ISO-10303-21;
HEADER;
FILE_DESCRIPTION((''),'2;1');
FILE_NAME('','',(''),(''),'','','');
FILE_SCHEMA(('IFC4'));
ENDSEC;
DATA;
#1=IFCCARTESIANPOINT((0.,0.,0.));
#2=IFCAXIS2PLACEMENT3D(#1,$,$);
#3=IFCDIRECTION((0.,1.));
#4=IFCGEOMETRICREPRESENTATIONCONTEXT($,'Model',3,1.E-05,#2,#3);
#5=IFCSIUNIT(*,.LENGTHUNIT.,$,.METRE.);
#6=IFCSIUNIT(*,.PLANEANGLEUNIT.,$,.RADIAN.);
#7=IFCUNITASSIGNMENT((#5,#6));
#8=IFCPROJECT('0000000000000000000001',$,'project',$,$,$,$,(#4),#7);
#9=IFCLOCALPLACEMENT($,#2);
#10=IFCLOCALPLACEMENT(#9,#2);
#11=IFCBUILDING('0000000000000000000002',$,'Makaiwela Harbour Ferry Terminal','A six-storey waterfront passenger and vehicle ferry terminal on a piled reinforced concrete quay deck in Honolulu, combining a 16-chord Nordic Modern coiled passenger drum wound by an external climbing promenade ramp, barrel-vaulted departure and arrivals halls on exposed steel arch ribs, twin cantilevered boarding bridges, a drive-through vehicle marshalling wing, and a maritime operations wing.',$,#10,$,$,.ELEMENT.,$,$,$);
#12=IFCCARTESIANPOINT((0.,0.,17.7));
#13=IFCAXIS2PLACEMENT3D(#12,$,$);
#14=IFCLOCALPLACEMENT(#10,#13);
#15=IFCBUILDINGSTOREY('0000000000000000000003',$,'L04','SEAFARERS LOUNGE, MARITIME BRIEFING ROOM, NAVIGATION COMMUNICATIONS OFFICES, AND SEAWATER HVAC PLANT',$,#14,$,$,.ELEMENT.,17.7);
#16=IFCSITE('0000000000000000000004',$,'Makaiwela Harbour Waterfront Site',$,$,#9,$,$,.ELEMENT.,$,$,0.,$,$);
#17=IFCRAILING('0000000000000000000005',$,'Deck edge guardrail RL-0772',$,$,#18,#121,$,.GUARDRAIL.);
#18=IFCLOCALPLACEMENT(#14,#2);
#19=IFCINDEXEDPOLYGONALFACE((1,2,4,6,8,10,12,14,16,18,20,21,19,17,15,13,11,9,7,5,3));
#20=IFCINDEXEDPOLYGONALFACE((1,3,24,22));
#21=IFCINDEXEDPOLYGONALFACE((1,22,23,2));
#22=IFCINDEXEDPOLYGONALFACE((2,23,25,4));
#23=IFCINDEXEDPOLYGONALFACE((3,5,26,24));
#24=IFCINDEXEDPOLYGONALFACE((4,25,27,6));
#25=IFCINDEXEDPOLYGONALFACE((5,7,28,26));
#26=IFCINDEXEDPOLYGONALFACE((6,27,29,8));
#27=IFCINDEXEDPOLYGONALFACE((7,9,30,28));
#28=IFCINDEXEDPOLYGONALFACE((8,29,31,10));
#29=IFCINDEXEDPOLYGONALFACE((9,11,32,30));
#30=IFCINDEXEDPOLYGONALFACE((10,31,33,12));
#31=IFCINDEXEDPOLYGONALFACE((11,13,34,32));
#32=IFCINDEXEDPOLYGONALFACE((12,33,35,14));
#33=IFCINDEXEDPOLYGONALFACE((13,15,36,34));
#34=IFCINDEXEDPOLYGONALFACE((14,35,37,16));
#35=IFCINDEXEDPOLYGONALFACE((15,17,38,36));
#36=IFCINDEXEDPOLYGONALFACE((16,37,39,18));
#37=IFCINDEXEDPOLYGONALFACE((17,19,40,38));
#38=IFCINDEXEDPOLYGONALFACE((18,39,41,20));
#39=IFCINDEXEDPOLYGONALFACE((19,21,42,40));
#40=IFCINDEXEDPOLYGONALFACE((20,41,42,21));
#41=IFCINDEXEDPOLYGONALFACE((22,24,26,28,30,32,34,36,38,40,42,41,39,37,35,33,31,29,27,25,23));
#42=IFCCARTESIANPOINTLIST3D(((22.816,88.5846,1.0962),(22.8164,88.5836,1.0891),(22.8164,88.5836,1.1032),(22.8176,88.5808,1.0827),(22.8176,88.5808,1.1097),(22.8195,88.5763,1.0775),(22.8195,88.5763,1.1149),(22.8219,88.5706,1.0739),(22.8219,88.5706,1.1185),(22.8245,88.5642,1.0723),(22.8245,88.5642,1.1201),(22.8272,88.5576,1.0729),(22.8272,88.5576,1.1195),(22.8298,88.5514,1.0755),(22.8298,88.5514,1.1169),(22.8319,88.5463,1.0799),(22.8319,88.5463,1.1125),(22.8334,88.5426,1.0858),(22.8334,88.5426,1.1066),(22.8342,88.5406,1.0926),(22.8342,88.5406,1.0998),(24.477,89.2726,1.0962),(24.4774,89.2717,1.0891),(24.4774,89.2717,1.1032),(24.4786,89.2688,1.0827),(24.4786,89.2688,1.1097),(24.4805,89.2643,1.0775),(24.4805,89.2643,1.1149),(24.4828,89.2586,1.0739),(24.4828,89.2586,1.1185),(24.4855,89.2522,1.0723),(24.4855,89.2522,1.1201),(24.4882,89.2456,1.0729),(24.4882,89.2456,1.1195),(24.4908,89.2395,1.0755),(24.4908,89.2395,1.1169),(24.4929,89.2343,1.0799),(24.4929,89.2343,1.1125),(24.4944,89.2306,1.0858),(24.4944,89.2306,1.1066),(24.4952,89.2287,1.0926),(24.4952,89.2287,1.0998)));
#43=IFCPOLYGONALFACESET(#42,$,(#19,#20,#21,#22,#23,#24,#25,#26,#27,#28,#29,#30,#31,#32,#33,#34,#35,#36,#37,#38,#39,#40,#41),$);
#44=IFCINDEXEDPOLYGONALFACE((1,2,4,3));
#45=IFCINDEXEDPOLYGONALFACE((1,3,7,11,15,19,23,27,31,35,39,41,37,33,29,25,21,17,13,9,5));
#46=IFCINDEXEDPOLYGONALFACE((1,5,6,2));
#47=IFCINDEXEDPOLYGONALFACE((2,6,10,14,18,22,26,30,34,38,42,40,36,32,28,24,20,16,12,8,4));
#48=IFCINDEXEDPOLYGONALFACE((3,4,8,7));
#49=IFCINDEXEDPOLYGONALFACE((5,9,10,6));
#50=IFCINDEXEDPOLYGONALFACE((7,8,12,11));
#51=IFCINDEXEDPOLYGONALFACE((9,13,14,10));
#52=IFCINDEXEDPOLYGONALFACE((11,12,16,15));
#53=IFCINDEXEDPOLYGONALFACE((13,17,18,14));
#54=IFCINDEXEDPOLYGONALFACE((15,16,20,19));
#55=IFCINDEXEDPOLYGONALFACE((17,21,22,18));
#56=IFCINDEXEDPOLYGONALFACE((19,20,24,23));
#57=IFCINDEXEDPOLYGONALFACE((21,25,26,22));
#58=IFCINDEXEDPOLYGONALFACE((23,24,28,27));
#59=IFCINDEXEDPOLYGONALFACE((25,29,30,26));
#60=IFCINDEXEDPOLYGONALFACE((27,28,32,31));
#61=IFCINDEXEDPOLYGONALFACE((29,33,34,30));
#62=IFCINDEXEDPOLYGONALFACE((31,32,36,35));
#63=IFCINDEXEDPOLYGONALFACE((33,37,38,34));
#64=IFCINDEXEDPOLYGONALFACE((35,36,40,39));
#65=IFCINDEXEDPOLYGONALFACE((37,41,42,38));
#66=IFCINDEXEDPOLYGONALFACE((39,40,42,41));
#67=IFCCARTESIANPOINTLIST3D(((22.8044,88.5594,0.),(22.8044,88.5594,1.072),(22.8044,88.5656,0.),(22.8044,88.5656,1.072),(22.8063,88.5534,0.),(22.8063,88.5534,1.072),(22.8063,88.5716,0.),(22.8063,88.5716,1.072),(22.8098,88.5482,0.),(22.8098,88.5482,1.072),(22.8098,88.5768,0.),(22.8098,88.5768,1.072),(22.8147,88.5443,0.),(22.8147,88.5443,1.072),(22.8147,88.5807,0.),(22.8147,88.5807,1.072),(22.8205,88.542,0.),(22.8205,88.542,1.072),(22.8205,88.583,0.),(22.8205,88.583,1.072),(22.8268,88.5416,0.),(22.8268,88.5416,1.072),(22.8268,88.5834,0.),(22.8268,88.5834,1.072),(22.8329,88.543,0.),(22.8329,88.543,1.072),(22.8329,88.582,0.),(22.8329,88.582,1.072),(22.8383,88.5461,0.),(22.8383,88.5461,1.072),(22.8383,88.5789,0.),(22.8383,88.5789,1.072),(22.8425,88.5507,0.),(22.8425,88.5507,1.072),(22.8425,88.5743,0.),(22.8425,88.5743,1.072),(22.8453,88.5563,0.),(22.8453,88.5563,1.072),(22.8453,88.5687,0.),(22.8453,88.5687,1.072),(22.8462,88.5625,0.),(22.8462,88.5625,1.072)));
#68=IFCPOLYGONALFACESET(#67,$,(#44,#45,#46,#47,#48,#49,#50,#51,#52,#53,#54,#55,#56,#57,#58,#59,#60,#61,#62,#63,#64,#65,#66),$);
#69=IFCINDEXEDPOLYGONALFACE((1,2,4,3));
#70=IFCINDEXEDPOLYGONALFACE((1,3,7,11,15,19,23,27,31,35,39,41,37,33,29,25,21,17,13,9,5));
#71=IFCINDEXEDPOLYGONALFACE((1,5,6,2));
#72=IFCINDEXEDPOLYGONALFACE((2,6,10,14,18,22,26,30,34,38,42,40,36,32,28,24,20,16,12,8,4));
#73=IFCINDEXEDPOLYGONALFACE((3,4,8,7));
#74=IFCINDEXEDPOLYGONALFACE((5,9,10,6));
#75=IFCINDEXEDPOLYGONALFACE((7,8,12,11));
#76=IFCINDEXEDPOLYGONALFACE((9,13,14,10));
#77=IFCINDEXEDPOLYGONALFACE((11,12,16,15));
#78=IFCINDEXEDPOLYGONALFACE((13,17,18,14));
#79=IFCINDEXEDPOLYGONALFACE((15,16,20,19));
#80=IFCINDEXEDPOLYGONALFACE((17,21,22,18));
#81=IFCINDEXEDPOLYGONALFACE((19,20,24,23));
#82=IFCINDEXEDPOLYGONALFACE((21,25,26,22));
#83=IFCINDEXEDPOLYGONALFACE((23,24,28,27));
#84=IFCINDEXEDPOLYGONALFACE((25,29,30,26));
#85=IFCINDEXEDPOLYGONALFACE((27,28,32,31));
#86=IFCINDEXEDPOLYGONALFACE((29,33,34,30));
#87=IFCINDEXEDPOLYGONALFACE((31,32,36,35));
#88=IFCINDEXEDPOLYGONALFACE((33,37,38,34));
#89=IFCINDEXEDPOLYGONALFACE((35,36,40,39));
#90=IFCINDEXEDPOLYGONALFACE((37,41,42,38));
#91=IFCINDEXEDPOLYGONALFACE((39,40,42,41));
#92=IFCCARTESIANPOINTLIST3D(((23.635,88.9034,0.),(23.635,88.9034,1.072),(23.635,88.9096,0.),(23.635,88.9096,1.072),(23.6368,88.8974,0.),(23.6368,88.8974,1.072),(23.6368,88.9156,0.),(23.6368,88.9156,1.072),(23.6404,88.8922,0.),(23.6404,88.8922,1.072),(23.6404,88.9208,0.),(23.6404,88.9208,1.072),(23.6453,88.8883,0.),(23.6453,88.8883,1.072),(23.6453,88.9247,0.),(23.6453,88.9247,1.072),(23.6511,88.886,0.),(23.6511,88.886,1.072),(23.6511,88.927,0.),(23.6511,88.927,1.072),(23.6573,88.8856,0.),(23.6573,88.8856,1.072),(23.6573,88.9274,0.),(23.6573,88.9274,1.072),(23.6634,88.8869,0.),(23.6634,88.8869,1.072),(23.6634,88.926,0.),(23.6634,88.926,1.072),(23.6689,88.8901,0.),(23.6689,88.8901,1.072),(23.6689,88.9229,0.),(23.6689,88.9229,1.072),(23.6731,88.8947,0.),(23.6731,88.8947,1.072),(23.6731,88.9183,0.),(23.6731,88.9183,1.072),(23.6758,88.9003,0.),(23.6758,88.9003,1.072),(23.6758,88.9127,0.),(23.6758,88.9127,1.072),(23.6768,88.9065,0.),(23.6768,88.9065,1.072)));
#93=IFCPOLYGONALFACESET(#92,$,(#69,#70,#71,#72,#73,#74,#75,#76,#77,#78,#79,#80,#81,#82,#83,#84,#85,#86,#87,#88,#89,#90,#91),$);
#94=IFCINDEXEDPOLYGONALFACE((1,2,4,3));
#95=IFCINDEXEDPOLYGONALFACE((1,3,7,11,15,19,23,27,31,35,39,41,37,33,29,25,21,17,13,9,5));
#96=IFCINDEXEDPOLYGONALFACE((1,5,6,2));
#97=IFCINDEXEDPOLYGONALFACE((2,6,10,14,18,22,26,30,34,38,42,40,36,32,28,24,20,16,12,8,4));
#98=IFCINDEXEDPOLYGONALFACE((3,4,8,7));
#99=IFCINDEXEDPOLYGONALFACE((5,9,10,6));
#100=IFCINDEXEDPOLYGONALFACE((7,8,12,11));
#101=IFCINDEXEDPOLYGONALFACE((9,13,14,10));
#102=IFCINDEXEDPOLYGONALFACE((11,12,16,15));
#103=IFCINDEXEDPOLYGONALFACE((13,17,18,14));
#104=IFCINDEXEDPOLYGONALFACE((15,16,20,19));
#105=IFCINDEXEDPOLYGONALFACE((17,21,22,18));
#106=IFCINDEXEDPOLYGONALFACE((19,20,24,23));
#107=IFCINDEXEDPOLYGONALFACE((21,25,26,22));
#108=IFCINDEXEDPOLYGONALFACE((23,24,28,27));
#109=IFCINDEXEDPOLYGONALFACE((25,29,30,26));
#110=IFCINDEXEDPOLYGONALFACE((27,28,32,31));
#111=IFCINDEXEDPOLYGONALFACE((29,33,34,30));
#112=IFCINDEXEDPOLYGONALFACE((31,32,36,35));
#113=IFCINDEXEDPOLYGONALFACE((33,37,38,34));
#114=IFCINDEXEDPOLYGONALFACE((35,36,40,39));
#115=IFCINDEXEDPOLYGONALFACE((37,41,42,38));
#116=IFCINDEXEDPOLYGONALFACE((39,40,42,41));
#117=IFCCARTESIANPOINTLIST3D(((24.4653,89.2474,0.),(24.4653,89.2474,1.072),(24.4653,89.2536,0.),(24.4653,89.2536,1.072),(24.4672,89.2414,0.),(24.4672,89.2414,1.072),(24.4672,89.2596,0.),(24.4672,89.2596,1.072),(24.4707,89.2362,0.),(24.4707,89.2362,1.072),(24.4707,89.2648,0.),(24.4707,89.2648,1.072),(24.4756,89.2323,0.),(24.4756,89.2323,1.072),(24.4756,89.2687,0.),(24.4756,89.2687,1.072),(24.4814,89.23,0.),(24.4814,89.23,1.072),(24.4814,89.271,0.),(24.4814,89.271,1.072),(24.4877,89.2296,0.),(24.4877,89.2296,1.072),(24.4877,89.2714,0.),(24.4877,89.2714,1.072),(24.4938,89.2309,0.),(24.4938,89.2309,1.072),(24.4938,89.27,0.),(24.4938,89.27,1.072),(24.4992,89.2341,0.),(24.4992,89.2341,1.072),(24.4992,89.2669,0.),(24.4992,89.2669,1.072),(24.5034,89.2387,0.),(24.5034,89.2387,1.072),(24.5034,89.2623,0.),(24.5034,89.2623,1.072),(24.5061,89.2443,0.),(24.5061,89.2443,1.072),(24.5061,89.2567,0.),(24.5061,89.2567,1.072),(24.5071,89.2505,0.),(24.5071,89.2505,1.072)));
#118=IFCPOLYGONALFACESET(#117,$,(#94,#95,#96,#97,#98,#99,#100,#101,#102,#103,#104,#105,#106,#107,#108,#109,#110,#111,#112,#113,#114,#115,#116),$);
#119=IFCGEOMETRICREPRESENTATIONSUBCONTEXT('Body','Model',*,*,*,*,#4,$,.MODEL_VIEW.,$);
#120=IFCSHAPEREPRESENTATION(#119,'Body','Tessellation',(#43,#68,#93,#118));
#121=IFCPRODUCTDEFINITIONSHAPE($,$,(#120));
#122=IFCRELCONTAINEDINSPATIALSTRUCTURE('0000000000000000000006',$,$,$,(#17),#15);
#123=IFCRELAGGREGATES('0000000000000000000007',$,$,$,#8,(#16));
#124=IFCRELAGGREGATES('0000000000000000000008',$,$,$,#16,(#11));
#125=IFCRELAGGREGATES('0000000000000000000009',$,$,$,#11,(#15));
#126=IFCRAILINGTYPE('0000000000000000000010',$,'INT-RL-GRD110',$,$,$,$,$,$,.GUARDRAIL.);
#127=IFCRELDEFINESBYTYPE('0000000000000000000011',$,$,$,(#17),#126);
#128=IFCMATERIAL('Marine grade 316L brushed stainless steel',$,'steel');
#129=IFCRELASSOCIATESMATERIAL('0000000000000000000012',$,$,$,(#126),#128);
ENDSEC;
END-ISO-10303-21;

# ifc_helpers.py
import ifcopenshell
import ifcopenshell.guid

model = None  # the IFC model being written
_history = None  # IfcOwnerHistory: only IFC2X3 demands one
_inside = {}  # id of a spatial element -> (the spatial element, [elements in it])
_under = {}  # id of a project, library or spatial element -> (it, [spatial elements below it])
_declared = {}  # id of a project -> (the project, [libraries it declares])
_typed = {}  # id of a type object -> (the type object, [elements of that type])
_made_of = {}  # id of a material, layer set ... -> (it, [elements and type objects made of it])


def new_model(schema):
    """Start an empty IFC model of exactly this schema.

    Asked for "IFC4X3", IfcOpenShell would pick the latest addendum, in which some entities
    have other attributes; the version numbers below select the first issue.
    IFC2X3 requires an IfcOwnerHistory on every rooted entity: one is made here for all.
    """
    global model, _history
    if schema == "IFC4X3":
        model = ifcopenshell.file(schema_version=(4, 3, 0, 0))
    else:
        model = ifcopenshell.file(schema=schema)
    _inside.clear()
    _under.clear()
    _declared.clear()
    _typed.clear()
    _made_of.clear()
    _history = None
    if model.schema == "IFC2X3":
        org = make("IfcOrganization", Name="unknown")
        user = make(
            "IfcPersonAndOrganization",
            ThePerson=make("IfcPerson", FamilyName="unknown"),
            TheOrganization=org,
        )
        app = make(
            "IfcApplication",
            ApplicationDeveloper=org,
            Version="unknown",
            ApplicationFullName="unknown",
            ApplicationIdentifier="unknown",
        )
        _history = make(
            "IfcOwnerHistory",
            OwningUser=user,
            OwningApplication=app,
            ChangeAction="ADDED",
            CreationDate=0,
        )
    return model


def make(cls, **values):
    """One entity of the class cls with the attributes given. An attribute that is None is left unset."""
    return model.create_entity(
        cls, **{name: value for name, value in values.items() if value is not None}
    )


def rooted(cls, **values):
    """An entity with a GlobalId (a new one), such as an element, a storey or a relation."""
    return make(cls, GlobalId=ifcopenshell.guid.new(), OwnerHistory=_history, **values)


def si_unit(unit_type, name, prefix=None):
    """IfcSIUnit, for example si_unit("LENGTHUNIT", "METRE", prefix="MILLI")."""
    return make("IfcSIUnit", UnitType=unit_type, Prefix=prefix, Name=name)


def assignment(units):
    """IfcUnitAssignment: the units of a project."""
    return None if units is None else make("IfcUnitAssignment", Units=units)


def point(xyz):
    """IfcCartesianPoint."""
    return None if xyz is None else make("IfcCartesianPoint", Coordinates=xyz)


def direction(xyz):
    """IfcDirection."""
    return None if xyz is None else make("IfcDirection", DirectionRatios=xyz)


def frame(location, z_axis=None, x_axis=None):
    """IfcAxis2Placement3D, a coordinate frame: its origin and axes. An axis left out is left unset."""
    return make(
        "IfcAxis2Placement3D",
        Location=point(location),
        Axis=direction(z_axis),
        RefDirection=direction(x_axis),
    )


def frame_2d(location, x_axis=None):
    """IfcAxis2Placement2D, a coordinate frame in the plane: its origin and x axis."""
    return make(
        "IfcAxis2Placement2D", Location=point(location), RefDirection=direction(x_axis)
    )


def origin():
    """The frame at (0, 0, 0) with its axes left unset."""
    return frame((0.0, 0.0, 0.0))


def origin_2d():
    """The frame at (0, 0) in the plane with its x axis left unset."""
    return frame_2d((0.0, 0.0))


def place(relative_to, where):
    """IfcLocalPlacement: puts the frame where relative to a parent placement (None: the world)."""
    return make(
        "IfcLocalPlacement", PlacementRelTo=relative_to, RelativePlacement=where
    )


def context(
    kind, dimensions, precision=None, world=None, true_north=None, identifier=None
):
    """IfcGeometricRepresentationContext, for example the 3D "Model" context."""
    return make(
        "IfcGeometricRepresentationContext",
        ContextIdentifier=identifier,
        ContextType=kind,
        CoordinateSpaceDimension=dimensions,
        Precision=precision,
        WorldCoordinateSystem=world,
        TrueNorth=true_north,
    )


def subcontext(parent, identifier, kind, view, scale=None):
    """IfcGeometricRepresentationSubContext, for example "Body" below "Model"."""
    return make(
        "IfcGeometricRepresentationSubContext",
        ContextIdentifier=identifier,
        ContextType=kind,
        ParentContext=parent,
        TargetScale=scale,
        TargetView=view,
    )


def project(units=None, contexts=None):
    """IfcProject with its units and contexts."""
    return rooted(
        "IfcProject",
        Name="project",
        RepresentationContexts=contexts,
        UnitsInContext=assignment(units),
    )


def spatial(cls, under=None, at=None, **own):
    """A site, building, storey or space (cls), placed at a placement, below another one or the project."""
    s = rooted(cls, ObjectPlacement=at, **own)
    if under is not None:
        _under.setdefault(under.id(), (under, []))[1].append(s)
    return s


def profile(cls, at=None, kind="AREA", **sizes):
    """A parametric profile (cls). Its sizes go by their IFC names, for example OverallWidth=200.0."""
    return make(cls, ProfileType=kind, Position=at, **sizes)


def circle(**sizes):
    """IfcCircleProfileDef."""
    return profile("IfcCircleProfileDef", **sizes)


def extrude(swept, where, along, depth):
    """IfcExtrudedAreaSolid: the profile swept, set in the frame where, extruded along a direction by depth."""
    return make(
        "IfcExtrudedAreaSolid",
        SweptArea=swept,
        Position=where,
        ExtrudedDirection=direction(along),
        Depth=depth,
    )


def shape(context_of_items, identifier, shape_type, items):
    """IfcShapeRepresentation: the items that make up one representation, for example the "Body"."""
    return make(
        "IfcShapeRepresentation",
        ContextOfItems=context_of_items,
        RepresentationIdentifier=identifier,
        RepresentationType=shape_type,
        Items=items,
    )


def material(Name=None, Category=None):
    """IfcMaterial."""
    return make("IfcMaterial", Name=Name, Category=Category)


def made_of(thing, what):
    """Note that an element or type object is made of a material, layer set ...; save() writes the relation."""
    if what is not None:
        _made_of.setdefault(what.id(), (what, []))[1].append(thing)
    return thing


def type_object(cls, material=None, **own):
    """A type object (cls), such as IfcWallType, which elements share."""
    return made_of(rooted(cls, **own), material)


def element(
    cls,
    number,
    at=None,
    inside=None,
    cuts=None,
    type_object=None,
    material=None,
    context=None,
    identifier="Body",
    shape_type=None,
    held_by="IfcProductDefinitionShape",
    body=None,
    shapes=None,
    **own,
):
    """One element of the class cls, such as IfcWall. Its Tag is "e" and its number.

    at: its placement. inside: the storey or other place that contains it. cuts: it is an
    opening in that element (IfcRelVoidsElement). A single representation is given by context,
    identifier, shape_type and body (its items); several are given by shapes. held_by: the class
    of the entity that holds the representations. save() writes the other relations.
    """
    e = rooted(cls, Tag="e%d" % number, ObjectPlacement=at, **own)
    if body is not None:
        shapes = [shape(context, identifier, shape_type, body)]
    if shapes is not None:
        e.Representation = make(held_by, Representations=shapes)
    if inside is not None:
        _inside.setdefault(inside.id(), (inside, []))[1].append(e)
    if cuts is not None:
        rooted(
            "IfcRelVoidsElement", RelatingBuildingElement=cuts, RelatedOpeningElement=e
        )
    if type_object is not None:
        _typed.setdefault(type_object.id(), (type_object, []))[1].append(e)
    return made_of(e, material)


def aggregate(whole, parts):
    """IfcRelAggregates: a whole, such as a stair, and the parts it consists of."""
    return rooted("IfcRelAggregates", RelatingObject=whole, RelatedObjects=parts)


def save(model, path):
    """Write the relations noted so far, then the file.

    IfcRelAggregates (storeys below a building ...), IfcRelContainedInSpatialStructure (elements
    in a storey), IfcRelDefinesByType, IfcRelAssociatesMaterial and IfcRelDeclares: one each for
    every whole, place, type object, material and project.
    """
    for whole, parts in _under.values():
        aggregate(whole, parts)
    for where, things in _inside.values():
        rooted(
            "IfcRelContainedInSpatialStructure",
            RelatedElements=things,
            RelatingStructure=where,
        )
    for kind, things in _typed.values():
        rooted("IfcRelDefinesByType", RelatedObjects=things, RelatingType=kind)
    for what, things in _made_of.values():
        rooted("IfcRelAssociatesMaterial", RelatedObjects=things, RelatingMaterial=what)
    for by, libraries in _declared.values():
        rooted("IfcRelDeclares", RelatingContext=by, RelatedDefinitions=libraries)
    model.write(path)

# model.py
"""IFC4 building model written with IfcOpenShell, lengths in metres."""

from ifc_helpers import new_model, si_unit, direction, frame, origin, origin_2d, place, context, subcontext, project, spatial, circle, extrude, material, type_object, element, save


model = new_model("IFC4")

# Units and contexts
model_context = context("Model", 3, precision=1e-05, world=origin(), true_north=direction((0.0, 1.0)))
body_context = subcontext(model_context, "Body", "Model", "MODEL_VIEW")
ifc_project = project(units=[si_unit("LENGTHUNIT", "METRE"), si_unit("PLANEANGLEUNIT", "RADIAN")], contexts=[model_context])

# Site, building, storey
site_placement = place(None, origin())
site = spatial("IfcSite", under=ifc_project, at=site_placement, Name="Makaiwela Harbour Waterfront Site", CompositionType="ELEMENT", RefElevation=0.0)
building_placement = place(site_placement, origin())
building = spatial("IfcBuilding", under=site, at=building_placement, Name="Makaiwela Harbour Ferry Terminal", Description="A six-storey waterfront passenger and vehicle ferry terminal on a piled reinforced concrete quay deck in Honolulu, combining a 16-chord Nordic Modern coiled passenger drum wound by an external climbing promenade ramp, barrel-vaulted departure and arrivals halls on exposed steel arch ribs, twin cantilevered boarding bridges, a drive-through vehicle marshalling wing, and a maritime operations wing.", CompositionType="ELEMENT")
storey_placement = place(building_placement, frame((0.0, 0.0, 17.7)))
storey = spatial("IfcBuildingStorey", under=building, at=storey_placement, Name="L04", Description="SEAFARERS LOUNGE, MARITIME BRIEFING ROOM, NAVIGATION COMMUNICATIONS OFFICES, AND SEAWATER HVAC PLANT", CompositionType="ELEMENT", Elevation=17.7)

# Railing
ifc_material_1 = material(Name="Marine grade 316L brushed stainless steel", Category="steel")
railing_type = type_object("IfcRailingType", Name="INT-RL-GRD110", PredefinedType="GUARDRAIL", material=ifc_material_1)
railing_1_placement = place(storey_placement, frame((22.8252, 88.5625, 0.0)))
element("IfcRailing", 1, at=railing_1_placement, inside=storey, type_object=railing_type, Name="Deck edge guardrail RL-0772", PredefinedType="GUARDRAIL", context=body_context, shape_type="SweptSolid", body=[
    extrude(circle(Radius=0.0239, at=origin_2d()), frame((0.0, 0.0, 1.0962), z_axis=(0.923874, 0.382696, 0.0), x_axis=(-0.382696, 0.923874, 0.0)), (0.0, 0.0, 1.0), 1.7979),
    extrude(circle(Radius=0.021, at=origin_2d()), origin(), (0.0, 0.0, 1.0), 1.072),
    extrude(circle(Radius=0.021, at=origin_2d()), frame((0.8306, 0.344, 0.0)), (0.0, 0.0, 1.0), 1.072),
    extrude(circle(Radius=0.021, at=origin_2d()), frame((1.6609, 0.688, 0.0)), (0.0, 0.0, 1.0), 1.072),
])

save(model, "model.ifc")
